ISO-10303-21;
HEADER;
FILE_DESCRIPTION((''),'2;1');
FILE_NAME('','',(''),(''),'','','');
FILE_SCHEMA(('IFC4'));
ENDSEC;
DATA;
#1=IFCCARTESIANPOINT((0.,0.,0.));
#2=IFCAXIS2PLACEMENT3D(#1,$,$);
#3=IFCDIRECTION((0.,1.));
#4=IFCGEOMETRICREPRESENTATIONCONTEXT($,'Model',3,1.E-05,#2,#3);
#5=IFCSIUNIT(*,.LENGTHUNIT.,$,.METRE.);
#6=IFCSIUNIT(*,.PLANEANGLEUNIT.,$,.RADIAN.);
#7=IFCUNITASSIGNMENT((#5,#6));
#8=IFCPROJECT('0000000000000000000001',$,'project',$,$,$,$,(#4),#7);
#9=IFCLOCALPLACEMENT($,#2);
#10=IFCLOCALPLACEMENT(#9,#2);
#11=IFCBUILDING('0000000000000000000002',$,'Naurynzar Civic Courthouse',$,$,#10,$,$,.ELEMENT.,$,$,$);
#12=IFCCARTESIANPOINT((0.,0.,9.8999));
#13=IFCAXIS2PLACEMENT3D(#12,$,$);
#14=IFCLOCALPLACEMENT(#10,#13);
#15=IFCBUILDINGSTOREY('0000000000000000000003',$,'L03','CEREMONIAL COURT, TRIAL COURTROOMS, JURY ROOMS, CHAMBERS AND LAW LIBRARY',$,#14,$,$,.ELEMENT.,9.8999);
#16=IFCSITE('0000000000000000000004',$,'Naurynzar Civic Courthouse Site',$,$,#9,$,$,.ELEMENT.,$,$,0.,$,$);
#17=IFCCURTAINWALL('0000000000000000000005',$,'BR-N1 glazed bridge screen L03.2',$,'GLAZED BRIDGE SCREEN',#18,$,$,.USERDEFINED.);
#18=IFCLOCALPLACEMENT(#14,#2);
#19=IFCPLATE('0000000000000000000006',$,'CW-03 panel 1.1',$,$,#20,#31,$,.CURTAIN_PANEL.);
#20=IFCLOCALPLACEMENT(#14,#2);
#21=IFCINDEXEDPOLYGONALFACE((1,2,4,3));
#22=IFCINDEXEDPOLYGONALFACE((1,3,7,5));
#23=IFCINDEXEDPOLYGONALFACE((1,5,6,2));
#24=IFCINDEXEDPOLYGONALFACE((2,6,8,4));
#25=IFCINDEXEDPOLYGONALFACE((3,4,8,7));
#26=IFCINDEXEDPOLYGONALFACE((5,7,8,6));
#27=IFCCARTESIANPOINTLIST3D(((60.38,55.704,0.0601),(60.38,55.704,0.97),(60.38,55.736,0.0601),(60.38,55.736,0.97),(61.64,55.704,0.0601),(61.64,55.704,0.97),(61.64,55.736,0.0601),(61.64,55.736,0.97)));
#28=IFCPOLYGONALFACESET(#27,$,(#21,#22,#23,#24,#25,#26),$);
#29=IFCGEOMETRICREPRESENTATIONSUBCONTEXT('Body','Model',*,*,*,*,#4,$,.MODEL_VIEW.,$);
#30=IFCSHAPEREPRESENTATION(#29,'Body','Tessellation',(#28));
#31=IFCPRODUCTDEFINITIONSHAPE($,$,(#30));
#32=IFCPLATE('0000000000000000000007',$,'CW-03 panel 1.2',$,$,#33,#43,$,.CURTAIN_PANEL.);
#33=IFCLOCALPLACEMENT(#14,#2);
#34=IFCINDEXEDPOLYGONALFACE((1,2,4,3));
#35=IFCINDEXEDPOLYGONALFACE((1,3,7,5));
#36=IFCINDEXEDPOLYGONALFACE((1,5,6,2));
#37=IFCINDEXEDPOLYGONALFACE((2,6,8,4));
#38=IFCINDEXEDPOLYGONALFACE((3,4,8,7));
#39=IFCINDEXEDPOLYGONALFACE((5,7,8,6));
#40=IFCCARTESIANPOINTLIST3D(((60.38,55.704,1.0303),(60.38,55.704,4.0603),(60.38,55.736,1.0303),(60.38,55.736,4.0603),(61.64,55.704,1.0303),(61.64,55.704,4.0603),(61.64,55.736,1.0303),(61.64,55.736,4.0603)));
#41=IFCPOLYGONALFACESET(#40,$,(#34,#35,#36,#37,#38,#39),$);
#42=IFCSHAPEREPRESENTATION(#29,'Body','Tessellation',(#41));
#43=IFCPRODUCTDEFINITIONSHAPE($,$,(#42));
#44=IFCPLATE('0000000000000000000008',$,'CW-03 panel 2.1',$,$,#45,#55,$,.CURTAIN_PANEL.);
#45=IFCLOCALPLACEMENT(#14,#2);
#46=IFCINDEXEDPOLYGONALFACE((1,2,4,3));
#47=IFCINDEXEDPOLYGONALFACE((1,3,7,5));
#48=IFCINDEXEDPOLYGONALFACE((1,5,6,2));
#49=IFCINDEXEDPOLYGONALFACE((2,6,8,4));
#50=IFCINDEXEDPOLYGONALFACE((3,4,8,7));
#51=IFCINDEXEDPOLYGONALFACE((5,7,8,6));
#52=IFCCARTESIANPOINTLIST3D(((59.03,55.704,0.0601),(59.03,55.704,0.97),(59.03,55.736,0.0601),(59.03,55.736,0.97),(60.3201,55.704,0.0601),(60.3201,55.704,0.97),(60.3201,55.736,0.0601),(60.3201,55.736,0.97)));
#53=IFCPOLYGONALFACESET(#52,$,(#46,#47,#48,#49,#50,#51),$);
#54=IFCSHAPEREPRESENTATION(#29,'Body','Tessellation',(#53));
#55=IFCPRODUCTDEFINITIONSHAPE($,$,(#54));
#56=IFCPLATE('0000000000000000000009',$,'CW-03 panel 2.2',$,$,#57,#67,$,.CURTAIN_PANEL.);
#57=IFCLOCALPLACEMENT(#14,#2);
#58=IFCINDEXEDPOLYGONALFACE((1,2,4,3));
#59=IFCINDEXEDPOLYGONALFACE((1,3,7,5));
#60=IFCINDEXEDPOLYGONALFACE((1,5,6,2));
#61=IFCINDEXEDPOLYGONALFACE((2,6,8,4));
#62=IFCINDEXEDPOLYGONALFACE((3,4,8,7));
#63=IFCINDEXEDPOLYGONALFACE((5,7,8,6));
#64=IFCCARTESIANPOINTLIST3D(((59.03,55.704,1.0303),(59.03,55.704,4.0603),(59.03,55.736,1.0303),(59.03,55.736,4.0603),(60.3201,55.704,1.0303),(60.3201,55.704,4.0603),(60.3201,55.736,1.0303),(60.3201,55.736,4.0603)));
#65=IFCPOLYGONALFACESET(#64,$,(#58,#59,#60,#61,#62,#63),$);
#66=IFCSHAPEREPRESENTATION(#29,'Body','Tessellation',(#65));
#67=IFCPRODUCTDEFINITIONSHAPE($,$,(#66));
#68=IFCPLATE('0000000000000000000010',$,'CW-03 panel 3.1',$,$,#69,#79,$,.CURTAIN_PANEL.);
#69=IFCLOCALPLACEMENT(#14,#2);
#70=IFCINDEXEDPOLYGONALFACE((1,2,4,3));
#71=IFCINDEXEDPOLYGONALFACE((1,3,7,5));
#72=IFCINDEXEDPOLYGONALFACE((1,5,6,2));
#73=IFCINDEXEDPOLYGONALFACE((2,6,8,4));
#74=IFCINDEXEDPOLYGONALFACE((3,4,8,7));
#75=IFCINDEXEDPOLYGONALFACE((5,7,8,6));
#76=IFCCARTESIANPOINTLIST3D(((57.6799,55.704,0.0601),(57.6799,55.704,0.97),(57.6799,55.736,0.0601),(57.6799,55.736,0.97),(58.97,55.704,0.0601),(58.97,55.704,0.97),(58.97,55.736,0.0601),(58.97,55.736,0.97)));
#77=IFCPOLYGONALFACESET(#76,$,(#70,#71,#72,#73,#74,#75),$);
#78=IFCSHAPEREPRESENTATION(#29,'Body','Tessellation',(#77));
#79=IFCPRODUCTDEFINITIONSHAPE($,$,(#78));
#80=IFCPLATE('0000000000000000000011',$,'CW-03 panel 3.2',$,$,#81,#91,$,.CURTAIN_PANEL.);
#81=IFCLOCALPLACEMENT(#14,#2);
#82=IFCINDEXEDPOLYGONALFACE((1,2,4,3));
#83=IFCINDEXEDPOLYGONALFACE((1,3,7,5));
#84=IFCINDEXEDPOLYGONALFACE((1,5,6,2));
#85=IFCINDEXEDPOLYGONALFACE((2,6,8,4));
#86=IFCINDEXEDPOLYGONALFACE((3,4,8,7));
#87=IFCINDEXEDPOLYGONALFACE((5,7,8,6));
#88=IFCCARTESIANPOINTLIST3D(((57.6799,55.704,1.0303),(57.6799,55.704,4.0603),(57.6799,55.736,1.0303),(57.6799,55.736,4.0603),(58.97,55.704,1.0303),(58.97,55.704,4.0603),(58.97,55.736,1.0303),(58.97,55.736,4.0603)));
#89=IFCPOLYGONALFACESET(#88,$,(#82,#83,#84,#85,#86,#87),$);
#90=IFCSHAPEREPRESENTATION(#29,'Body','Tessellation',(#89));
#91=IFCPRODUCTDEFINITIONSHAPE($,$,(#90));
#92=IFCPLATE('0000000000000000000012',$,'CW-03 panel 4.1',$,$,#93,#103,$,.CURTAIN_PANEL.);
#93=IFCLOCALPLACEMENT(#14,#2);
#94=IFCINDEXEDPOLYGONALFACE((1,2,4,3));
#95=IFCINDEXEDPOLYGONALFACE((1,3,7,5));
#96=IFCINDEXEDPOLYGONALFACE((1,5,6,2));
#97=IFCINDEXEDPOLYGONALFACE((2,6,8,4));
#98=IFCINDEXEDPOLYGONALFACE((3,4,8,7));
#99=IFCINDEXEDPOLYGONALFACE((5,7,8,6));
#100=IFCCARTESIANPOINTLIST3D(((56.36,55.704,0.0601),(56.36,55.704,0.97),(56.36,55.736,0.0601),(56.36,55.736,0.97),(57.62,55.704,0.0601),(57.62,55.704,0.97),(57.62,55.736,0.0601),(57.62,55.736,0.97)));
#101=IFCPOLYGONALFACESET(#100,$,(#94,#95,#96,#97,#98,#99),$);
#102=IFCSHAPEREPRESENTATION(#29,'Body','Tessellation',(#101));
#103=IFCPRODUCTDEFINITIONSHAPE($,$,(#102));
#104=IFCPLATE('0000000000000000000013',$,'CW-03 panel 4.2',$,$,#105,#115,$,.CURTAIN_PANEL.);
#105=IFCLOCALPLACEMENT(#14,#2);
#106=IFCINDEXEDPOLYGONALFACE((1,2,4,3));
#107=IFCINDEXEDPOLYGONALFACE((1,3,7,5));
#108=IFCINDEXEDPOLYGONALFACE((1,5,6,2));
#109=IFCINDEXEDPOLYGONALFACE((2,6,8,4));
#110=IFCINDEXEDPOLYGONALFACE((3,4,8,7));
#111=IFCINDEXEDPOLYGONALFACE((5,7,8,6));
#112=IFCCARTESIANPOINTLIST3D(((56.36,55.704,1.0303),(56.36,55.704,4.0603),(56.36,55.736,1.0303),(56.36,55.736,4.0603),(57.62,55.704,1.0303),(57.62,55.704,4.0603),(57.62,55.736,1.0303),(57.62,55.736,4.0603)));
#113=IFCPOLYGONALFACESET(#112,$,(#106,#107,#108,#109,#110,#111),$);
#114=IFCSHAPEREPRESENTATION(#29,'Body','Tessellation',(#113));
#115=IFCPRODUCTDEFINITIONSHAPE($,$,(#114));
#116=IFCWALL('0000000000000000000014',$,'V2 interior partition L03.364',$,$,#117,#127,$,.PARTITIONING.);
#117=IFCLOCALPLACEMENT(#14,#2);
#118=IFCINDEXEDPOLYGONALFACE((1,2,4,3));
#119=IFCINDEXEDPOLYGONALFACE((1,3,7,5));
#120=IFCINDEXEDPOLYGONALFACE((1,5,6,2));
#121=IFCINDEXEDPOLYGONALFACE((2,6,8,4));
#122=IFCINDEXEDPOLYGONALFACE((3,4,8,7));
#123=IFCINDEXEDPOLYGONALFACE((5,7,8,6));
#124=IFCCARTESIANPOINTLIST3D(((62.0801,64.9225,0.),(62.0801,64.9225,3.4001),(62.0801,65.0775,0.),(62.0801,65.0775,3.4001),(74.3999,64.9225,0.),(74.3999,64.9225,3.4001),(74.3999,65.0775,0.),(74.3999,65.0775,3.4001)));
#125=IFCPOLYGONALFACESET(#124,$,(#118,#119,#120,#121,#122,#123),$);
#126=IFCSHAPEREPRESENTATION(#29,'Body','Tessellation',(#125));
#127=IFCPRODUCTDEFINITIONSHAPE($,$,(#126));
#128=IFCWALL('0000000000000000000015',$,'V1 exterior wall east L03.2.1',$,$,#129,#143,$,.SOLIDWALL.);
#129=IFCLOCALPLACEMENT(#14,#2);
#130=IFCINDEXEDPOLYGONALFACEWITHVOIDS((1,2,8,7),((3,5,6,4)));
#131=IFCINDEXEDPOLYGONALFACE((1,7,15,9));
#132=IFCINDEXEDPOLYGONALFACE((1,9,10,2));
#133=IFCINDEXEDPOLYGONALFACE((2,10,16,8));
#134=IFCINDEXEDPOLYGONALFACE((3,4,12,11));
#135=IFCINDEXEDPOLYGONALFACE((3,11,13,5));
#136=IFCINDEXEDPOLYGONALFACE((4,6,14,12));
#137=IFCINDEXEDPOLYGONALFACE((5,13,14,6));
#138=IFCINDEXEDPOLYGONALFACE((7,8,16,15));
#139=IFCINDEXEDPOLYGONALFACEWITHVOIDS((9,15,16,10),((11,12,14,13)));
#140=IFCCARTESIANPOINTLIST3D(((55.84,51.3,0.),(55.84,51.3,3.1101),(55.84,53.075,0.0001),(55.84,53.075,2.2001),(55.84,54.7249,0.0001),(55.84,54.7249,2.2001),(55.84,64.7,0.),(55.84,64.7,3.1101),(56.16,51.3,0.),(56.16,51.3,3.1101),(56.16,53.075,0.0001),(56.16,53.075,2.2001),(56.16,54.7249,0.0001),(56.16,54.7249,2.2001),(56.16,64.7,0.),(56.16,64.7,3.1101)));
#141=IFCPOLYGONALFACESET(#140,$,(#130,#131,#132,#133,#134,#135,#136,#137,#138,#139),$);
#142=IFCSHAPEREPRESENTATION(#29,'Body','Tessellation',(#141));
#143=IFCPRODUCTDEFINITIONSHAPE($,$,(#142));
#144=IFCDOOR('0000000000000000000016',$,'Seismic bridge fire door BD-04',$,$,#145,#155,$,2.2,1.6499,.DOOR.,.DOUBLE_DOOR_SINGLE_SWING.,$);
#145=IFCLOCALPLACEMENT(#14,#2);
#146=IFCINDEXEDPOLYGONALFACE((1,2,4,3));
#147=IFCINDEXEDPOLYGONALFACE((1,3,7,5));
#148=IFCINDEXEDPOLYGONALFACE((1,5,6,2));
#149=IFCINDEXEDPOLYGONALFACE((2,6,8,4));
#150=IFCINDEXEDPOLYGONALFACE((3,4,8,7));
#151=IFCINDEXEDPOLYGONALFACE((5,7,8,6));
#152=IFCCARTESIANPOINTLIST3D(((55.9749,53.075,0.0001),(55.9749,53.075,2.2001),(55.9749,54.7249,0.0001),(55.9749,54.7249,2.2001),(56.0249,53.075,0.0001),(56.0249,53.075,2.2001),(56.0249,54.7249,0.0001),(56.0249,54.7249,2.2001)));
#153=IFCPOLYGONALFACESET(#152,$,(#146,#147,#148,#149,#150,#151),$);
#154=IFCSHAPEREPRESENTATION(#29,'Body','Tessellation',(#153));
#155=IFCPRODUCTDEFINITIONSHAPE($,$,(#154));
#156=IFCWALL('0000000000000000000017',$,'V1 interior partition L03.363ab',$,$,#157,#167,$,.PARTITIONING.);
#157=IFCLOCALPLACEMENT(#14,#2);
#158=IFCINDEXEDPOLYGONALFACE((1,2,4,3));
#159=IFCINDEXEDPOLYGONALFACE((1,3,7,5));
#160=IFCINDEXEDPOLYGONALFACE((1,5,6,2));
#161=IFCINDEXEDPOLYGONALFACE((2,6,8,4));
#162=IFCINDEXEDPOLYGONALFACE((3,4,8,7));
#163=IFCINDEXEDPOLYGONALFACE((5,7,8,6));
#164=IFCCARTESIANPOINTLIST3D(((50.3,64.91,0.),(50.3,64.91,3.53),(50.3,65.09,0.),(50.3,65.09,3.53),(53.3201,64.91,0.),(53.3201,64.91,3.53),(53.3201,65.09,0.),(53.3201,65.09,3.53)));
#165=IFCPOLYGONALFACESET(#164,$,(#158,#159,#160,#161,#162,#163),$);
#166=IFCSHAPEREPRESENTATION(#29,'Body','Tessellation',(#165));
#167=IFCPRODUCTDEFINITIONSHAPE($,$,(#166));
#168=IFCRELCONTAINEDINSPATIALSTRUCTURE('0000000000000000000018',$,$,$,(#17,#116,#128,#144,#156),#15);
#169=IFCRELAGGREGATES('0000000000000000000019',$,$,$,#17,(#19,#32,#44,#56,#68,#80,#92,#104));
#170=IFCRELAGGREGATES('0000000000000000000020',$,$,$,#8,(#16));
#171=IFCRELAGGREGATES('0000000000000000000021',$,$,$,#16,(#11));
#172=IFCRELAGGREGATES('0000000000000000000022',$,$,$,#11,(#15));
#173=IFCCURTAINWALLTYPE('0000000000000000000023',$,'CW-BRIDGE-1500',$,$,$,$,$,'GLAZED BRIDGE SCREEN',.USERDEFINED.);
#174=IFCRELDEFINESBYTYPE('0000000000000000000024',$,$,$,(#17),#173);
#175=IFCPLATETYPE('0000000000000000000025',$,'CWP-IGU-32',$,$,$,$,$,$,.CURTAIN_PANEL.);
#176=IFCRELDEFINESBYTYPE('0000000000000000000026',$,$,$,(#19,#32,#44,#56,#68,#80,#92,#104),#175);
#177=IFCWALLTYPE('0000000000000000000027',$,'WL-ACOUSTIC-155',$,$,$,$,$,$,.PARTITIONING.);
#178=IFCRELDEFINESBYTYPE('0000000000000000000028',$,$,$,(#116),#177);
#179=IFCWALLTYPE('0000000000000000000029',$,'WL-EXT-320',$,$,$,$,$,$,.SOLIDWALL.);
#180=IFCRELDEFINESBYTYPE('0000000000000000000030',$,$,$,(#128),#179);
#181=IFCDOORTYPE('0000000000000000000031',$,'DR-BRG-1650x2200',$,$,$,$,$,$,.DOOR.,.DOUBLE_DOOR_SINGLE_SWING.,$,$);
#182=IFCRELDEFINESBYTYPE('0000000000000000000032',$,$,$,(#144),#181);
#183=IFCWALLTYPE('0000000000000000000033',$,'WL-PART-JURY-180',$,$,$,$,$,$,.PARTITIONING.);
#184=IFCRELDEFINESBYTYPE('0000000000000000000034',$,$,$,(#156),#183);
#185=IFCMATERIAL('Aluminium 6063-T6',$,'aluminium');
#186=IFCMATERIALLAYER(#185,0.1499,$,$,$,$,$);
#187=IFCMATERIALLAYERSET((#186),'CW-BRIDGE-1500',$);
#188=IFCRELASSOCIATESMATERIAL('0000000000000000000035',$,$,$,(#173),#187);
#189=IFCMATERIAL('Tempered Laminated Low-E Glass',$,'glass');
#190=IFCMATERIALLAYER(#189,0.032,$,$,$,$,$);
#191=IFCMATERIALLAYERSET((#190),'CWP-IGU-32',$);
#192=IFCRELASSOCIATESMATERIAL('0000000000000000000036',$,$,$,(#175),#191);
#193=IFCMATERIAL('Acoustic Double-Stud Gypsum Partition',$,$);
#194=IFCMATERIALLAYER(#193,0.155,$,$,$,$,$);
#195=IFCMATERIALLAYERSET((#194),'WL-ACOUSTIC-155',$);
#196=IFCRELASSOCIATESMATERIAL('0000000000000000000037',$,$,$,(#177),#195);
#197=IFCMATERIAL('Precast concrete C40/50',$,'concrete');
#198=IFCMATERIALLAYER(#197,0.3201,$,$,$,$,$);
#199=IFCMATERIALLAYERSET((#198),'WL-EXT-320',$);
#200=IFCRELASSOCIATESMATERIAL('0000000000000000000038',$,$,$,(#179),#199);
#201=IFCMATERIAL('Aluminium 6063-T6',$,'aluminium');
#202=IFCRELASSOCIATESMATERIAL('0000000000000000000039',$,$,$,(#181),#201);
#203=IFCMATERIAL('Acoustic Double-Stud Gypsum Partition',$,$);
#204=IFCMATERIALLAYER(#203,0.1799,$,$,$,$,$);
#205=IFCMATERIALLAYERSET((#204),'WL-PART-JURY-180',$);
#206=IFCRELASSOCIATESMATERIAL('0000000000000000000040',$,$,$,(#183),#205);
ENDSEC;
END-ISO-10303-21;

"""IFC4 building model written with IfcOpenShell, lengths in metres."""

from ifc_helpers import new_model, si_unit, direction, frame, frame_2d, origin, origin_2d, place, context, subcontext, project, spatial, rectangle, extrude, material, layer, layer_set, type_object, element, fill, aggregate, save


model = new_model("IFC4")

# Units and contexts
model_context = context("Model", 3, precision=1e-05, world=origin(), true_north=direction((0.0, 1.0)))
body_context = subcontext(model_context, "Body", "Model", "MODEL_VIEW")
ifc_project = project(units=[si_unit("LENGTHUNIT", "METRE"), si_unit("PLANEANGLEUNIT", "RADIAN")], contexts=[model_context])

# Site, building, storey
site_placement = place(None, origin())
site = spatial("IfcSite", under=ifc_project, at=site_placement, Name="Naurynzar Civic Courthouse Site", CompositionType="ELEMENT", RefElevation=0.0)
building_placement = place(site_placement, origin())
building = spatial("IfcBuilding", under=site, at=building_placement, Name="Naurynzar Civic Courthouse", CompositionType="ELEMENT")
storey_placement = place(building_placement, frame((0.0, 0.0, 9.8999)))
storey = spatial("IfcBuildingStorey", under=building, at=storey_placement, Name="L03", Description="CEREMONIAL COURT, TRIAL COURTROOMS, JURY ROOMS, CHAMBERS AND LAW LIBRARY", CompositionType="ELEMENT", Elevation=9.8999)

# Curtain wall, plates
ifc_material_1 = material(Name="Aluminium 6063-T6", Category="aluminium")
ifc_layer_1 = layer(ifc_material_1, 0.1499)
ifc_layer_set_1 = layer_set([ifc_layer_1], Name="CW-BRIDGE-1500")
curtain_wall_type = type_object("IfcCurtainWallType", Name="CW-BRIDGE-1500", ElementType="GLAZED BRIDGE SCREEN", PredefinedType="USERDEFINED", material=ifc_layer_set_1)
curtain_wall_placement = place(storey_placement, origin())
curtain_wall = element("IfcCurtainWall", 1, at=curtain_wall_placement, inside=storey, type_object=curtain_wall_type, Name="BR-N1 glazed bridge screen L03.2", ObjectType="GLAZED BRIDGE SCREEN", PredefinedType="USERDEFINED")
ifc_material_2 = material(Name="Tempered Laminated Low-E Glass", Category="glass")
ifc_layer_2 = layer(ifc_material_2, 0.032)
ifc_layer_set_2 = layer_set([ifc_layer_2], Name="CWP-IGU-32")
plate_type = type_object("IfcPlateType", Name="CWP-IGU-32", PredefinedType="CURTAIN_PANEL", material=ifc_layer_set_2)
plate_1_placement = place(storey_placement, frame((61.01, 55.72, 0.0601), z_axis=(0.0, 0.0, 1.0), x_axis=(-1.0, 0.0, 0.0)))
plate_1 = element("IfcPlate", 2, at=plate_1_placement, type_object=plate_type, Name="CW-03 panel 1.1", PredefinedType="CURTAIN_PANEL", context=body_context, shape_type="SweptSolid", body=[
    extrude(rectangle(XDim=1.26, YDim=0.032, at=origin_2d()), origin(), (0.0, 0.0, 1.0), 0.9099),
])
plate_2_placement = place(storey_placement, frame((61.01, 55.72, 1.0303), z_axis=(0.0, 0.0, 1.0), x_axis=(-1.0, 0.0, 0.0)))
plate_2 = element("IfcPlate", 3, at=plate_2_placement, type_object=plate_type, Name="CW-03 panel 1.2", PredefinedType="CURTAIN_PANEL", context=body_context, shape_type="SweptSolid", body=[
    extrude(rectangle(XDim=1.26, YDim=0.032, at=origin_2d()), origin(), (0.0, 0.0, 1.0), 3.03),
])
plate_3_placement = place(storey_placement, frame((59.675, 55.72, 0.0601), z_axis=(0.0, 0.0, 1.0), x_axis=(-1.0, 0.0, 0.0)))
plate_3 = element("IfcPlate", 4, at=plate_3_placement, type_object=plate_type, Name="CW-03 panel 2.1", PredefinedType="CURTAIN_PANEL", context=body_context, shape_type="SweptSolid", body=[
    extrude(rectangle(XDim=1.29, YDim=0.032, at=origin_2d()), origin(), (0.0, 0.0, 1.0), 0.9099),
])
plate_4_placement = place(storey_placement, frame((59.675, 55.72, 1.0303), z_axis=(0.0, 0.0, 1.0), x_axis=(-1.0, 0.0, 0.0)))
plate_4 = element("IfcPlate", 5, at=plate_4_placement, type_object=plate_type, Name="CW-03 panel 2.2", PredefinedType="CURTAIN_PANEL", context=body_context, shape_type="SweptSolid", body=[
    extrude(rectangle(XDim=1.29, YDim=0.032, at=origin_2d()), origin(), (0.0, 0.0, 1.0), 3.03),
])
plate_5_placement = place(storey_placement, frame((58.325, 55.72, 0.0601), z_axis=(0.0, 0.0, 1.0), x_axis=(-1.0, 0.0, 0.0)))
plate_5 = element("IfcPlate", 6, at=plate_5_placement, type_object=plate_type, Name="CW-03 panel 3.1", PredefinedType="CURTAIN_PANEL", context=body_context, shape_type="SweptSolid", body=[
    extrude(rectangle(XDim=1.29, YDim=0.032, at=origin_2d()), origin(), (0.0, 0.0, 1.0), 0.9099),
])
plate_6_placement = place(storey_placement, frame((58.325, 55.72, 1.0303), z_axis=(0.0, 0.0, 1.0), x_axis=(-1.0, 0.0, 0.0)))
plate_6 = element("IfcPlate", 7, at=plate_6_placement, type_object=plate_type, Name="CW-03 panel 3.2", PredefinedType="CURTAIN_PANEL", context=body_context, shape_type="SweptSolid", body=[
    extrude(rectangle(XDim=1.29, YDim=0.032, at=origin_2d()), origin(), (0.0, 0.0, 1.0), 3.03),
])
plate_7_placement = place(storey_placement, frame((56.99, 55.72, 0.0601), z_axis=(0.0, 0.0, 1.0), x_axis=(-1.0, 0.0, 0.0)))
plate_7 = element("IfcPlate", 8, at=plate_7_placement, type_object=plate_type, Name="CW-03 panel 4.1", PredefinedType="CURTAIN_PANEL", context=body_context, shape_type="SweptSolid", body=[
    extrude(rectangle(XDim=1.26, YDim=0.032, at=origin_2d()), origin(), (0.0, 0.0, 1.0), 0.9099),
])
plate_8_placement = place(storey_placement, frame((56.99, 55.72, 1.0303), z_axis=(0.0, 0.0, 1.0), x_axis=(-1.0, 0.0, 0.0)))
plate_8 = element("IfcPlate", 9, at=plate_8_placement, type_object=plate_type, Name="CW-03 panel 4.2", PredefinedType="CURTAIN_PANEL", context=body_context, shape_type="SweptSolid", body=[
    extrude(rectangle(XDim=1.26, YDim=0.032, at=origin_2d()), origin(), (0.0, 0.0, 1.0), 3.03),
])
aggregate(curtain_wall, [plate_1, plate_2, plate_3, plate_4, plate_5, plate_6, plate_7, plate_8])

# Wall
ifc_material_3 = material(Name="Acoustic Double-Stud Gypsum Partition")
ifc_layer_3 = layer(ifc_material_3, 0.155)
ifc_layer_set_3 = layer_set([ifc_layer_3], Name="WL-ACOUSTIC-155")
wall_type_1 = type_object("IfcWallType", Name="WL-ACOUSTIC-155", PredefinedType="PARTITIONING", material=ifc_layer_set_3)
wall_1_placement = place(storey_placement, frame((62.0801, 65.0, 0.0), z_axis=(0.0, 0.0, 1.0), x_axis=(1.0, 0.0, 0.0)))
element("IfcWall", 10, at=wall_1_placement, inside=storey, type_object=wall_type_1, Name="V2 interior partition L03.364", PredefinedType="PARTITIONING", context=body_context, shape_type="SweptSolid", body=[
    extrude(rectangle(XDim=12.3198, YDim=0.155, at=frame_2d((6.1599, 0.0))), origin(), (0.0, 0.0, 1.0), 3.4001),
])

# Wall, opening, door
ifc_material_4 = material(Name="Precast concrete C40/50", Category="concrete")
ifc_layer_4 = layer(ifc_material_4, 0.3201)
ifc_layer_set_4 = layer_set([ifc_layer_4], Name="WL-EXT-320")
wall_type_2 = type_object("IfcWallType", Name="WL-EXT-320", PredefinedType="SOLIDWALL", material=ifc_layer_set_4)
wall_2_placement = place(storey_placement, frame((56.0, 64.7, 0.0), z_axis=(0.0, 0.0, 1.0), x_axis=(0.0, -1.0, 0.0)))
wall_2 = element("IfcWall", 11, at=wall_2_placement, inside=storey, type_object=wall_type_2, Name="V1 exterior wall east L03.2.1", PredefinedType="SOLIDWALL", context=body_context, shape_type="SweptSolid", body=[
    extrude(rectangle(XDim=13.3999, YDim=0.3201, at=frame_2d((6.7, 0.0))), origin(), (0.0, 0.0, 1.0), 3.1101),
])
opening_placement = place(wall_2_placement, frame((9.9751, 0.0, 0.0)))
opening = element("IfcOpeningElement", 12, at=opening_placement, cuts=wall_2, PredefinedType="OPENING", context=body_context, shape_type="SweptSolid", body=[
    extrude(rectangle(XDim=1.6499, YDim=2.2, at=frame_2d((0.825, 1.1001))), frame((0.0, 0.1699, 0.0), z_axis=(0.0, -1.0, 0.0), x_axis=(1.0, 0.0, 0.0)), (0.0, 0.0, 1.0), 0.3401),
])
ifc_material_5 = material(Name="Aluminium 6063-T6", Category="aluminium")
door_type = type_object("IfcDoorType", Name="DR-BRG-1650x2200", OperationType="DOUBLE_DOOR_SINGLE_SWING", PredefinedType="DOOR", material=ifc_material_5)
door_placement = place(opening_placement, origin())
door = element("IfcDoor", 13, at=door_placement, inside=storey, type_object=door_type, Name="Seismic bridge fire door BD-04", OperationType="DOUBLE_DOOR_SINGLE_SWING", OverallHeight=2.2, OverallWidth=1.6499, PredefinedType="DOOR", context=body_context, shape_type="SweptSolid", body=[
    extrude(rectangle(XDim=1.6499, YDim=2.2, at=frame_2d((0.825, 1.1001))), frame((0.0, 0.0249, 0.0), z_axis=(0.0, -1.0, 0.0), x_axis=(1.0, 0.0, 0.0)), (0.0, 0.0, 1.0), 0.05),
])
fill(opening, door)

# Wall
ifc_material_6 = material(Name="Acoustic Double-Stud Gypsum Partition")
ifc_layer_5 = layer(ifc_material_6, 0.1799)
ifc_layer_set_5 = layer_set([ifc_layer_5], Name="WL-PART-JURY-180")
wall_type_3 = type_object("IfcWallType", Name="WL-PART-JURY-180", PredefinedType="PARTITIONING", material=ifc_layer_set_5)
wall_3_placement = place(storey_placement, frame((50.3, 65.0, 0.0), z_axis=(0.0, 0.0, 1.0), x_axis=(1.0, 0.0, 0.0)))
element("IfcWall", 14, at=wall_3_placement, inside=storey, type_object=wall_type_3, Name="V1 interior partition L03.363ab", PredefinedType="PARTITIONING", context=body_context, shape_type="SweptSolid", body=[
    extrude(rectangle(XDim=3.02, YDim=0.1799, at=frame_2d((1.51, 0.0))), origin(), (0.0, 0.0, 1.0), 3.53),
])

save(model, "model.ifc")
